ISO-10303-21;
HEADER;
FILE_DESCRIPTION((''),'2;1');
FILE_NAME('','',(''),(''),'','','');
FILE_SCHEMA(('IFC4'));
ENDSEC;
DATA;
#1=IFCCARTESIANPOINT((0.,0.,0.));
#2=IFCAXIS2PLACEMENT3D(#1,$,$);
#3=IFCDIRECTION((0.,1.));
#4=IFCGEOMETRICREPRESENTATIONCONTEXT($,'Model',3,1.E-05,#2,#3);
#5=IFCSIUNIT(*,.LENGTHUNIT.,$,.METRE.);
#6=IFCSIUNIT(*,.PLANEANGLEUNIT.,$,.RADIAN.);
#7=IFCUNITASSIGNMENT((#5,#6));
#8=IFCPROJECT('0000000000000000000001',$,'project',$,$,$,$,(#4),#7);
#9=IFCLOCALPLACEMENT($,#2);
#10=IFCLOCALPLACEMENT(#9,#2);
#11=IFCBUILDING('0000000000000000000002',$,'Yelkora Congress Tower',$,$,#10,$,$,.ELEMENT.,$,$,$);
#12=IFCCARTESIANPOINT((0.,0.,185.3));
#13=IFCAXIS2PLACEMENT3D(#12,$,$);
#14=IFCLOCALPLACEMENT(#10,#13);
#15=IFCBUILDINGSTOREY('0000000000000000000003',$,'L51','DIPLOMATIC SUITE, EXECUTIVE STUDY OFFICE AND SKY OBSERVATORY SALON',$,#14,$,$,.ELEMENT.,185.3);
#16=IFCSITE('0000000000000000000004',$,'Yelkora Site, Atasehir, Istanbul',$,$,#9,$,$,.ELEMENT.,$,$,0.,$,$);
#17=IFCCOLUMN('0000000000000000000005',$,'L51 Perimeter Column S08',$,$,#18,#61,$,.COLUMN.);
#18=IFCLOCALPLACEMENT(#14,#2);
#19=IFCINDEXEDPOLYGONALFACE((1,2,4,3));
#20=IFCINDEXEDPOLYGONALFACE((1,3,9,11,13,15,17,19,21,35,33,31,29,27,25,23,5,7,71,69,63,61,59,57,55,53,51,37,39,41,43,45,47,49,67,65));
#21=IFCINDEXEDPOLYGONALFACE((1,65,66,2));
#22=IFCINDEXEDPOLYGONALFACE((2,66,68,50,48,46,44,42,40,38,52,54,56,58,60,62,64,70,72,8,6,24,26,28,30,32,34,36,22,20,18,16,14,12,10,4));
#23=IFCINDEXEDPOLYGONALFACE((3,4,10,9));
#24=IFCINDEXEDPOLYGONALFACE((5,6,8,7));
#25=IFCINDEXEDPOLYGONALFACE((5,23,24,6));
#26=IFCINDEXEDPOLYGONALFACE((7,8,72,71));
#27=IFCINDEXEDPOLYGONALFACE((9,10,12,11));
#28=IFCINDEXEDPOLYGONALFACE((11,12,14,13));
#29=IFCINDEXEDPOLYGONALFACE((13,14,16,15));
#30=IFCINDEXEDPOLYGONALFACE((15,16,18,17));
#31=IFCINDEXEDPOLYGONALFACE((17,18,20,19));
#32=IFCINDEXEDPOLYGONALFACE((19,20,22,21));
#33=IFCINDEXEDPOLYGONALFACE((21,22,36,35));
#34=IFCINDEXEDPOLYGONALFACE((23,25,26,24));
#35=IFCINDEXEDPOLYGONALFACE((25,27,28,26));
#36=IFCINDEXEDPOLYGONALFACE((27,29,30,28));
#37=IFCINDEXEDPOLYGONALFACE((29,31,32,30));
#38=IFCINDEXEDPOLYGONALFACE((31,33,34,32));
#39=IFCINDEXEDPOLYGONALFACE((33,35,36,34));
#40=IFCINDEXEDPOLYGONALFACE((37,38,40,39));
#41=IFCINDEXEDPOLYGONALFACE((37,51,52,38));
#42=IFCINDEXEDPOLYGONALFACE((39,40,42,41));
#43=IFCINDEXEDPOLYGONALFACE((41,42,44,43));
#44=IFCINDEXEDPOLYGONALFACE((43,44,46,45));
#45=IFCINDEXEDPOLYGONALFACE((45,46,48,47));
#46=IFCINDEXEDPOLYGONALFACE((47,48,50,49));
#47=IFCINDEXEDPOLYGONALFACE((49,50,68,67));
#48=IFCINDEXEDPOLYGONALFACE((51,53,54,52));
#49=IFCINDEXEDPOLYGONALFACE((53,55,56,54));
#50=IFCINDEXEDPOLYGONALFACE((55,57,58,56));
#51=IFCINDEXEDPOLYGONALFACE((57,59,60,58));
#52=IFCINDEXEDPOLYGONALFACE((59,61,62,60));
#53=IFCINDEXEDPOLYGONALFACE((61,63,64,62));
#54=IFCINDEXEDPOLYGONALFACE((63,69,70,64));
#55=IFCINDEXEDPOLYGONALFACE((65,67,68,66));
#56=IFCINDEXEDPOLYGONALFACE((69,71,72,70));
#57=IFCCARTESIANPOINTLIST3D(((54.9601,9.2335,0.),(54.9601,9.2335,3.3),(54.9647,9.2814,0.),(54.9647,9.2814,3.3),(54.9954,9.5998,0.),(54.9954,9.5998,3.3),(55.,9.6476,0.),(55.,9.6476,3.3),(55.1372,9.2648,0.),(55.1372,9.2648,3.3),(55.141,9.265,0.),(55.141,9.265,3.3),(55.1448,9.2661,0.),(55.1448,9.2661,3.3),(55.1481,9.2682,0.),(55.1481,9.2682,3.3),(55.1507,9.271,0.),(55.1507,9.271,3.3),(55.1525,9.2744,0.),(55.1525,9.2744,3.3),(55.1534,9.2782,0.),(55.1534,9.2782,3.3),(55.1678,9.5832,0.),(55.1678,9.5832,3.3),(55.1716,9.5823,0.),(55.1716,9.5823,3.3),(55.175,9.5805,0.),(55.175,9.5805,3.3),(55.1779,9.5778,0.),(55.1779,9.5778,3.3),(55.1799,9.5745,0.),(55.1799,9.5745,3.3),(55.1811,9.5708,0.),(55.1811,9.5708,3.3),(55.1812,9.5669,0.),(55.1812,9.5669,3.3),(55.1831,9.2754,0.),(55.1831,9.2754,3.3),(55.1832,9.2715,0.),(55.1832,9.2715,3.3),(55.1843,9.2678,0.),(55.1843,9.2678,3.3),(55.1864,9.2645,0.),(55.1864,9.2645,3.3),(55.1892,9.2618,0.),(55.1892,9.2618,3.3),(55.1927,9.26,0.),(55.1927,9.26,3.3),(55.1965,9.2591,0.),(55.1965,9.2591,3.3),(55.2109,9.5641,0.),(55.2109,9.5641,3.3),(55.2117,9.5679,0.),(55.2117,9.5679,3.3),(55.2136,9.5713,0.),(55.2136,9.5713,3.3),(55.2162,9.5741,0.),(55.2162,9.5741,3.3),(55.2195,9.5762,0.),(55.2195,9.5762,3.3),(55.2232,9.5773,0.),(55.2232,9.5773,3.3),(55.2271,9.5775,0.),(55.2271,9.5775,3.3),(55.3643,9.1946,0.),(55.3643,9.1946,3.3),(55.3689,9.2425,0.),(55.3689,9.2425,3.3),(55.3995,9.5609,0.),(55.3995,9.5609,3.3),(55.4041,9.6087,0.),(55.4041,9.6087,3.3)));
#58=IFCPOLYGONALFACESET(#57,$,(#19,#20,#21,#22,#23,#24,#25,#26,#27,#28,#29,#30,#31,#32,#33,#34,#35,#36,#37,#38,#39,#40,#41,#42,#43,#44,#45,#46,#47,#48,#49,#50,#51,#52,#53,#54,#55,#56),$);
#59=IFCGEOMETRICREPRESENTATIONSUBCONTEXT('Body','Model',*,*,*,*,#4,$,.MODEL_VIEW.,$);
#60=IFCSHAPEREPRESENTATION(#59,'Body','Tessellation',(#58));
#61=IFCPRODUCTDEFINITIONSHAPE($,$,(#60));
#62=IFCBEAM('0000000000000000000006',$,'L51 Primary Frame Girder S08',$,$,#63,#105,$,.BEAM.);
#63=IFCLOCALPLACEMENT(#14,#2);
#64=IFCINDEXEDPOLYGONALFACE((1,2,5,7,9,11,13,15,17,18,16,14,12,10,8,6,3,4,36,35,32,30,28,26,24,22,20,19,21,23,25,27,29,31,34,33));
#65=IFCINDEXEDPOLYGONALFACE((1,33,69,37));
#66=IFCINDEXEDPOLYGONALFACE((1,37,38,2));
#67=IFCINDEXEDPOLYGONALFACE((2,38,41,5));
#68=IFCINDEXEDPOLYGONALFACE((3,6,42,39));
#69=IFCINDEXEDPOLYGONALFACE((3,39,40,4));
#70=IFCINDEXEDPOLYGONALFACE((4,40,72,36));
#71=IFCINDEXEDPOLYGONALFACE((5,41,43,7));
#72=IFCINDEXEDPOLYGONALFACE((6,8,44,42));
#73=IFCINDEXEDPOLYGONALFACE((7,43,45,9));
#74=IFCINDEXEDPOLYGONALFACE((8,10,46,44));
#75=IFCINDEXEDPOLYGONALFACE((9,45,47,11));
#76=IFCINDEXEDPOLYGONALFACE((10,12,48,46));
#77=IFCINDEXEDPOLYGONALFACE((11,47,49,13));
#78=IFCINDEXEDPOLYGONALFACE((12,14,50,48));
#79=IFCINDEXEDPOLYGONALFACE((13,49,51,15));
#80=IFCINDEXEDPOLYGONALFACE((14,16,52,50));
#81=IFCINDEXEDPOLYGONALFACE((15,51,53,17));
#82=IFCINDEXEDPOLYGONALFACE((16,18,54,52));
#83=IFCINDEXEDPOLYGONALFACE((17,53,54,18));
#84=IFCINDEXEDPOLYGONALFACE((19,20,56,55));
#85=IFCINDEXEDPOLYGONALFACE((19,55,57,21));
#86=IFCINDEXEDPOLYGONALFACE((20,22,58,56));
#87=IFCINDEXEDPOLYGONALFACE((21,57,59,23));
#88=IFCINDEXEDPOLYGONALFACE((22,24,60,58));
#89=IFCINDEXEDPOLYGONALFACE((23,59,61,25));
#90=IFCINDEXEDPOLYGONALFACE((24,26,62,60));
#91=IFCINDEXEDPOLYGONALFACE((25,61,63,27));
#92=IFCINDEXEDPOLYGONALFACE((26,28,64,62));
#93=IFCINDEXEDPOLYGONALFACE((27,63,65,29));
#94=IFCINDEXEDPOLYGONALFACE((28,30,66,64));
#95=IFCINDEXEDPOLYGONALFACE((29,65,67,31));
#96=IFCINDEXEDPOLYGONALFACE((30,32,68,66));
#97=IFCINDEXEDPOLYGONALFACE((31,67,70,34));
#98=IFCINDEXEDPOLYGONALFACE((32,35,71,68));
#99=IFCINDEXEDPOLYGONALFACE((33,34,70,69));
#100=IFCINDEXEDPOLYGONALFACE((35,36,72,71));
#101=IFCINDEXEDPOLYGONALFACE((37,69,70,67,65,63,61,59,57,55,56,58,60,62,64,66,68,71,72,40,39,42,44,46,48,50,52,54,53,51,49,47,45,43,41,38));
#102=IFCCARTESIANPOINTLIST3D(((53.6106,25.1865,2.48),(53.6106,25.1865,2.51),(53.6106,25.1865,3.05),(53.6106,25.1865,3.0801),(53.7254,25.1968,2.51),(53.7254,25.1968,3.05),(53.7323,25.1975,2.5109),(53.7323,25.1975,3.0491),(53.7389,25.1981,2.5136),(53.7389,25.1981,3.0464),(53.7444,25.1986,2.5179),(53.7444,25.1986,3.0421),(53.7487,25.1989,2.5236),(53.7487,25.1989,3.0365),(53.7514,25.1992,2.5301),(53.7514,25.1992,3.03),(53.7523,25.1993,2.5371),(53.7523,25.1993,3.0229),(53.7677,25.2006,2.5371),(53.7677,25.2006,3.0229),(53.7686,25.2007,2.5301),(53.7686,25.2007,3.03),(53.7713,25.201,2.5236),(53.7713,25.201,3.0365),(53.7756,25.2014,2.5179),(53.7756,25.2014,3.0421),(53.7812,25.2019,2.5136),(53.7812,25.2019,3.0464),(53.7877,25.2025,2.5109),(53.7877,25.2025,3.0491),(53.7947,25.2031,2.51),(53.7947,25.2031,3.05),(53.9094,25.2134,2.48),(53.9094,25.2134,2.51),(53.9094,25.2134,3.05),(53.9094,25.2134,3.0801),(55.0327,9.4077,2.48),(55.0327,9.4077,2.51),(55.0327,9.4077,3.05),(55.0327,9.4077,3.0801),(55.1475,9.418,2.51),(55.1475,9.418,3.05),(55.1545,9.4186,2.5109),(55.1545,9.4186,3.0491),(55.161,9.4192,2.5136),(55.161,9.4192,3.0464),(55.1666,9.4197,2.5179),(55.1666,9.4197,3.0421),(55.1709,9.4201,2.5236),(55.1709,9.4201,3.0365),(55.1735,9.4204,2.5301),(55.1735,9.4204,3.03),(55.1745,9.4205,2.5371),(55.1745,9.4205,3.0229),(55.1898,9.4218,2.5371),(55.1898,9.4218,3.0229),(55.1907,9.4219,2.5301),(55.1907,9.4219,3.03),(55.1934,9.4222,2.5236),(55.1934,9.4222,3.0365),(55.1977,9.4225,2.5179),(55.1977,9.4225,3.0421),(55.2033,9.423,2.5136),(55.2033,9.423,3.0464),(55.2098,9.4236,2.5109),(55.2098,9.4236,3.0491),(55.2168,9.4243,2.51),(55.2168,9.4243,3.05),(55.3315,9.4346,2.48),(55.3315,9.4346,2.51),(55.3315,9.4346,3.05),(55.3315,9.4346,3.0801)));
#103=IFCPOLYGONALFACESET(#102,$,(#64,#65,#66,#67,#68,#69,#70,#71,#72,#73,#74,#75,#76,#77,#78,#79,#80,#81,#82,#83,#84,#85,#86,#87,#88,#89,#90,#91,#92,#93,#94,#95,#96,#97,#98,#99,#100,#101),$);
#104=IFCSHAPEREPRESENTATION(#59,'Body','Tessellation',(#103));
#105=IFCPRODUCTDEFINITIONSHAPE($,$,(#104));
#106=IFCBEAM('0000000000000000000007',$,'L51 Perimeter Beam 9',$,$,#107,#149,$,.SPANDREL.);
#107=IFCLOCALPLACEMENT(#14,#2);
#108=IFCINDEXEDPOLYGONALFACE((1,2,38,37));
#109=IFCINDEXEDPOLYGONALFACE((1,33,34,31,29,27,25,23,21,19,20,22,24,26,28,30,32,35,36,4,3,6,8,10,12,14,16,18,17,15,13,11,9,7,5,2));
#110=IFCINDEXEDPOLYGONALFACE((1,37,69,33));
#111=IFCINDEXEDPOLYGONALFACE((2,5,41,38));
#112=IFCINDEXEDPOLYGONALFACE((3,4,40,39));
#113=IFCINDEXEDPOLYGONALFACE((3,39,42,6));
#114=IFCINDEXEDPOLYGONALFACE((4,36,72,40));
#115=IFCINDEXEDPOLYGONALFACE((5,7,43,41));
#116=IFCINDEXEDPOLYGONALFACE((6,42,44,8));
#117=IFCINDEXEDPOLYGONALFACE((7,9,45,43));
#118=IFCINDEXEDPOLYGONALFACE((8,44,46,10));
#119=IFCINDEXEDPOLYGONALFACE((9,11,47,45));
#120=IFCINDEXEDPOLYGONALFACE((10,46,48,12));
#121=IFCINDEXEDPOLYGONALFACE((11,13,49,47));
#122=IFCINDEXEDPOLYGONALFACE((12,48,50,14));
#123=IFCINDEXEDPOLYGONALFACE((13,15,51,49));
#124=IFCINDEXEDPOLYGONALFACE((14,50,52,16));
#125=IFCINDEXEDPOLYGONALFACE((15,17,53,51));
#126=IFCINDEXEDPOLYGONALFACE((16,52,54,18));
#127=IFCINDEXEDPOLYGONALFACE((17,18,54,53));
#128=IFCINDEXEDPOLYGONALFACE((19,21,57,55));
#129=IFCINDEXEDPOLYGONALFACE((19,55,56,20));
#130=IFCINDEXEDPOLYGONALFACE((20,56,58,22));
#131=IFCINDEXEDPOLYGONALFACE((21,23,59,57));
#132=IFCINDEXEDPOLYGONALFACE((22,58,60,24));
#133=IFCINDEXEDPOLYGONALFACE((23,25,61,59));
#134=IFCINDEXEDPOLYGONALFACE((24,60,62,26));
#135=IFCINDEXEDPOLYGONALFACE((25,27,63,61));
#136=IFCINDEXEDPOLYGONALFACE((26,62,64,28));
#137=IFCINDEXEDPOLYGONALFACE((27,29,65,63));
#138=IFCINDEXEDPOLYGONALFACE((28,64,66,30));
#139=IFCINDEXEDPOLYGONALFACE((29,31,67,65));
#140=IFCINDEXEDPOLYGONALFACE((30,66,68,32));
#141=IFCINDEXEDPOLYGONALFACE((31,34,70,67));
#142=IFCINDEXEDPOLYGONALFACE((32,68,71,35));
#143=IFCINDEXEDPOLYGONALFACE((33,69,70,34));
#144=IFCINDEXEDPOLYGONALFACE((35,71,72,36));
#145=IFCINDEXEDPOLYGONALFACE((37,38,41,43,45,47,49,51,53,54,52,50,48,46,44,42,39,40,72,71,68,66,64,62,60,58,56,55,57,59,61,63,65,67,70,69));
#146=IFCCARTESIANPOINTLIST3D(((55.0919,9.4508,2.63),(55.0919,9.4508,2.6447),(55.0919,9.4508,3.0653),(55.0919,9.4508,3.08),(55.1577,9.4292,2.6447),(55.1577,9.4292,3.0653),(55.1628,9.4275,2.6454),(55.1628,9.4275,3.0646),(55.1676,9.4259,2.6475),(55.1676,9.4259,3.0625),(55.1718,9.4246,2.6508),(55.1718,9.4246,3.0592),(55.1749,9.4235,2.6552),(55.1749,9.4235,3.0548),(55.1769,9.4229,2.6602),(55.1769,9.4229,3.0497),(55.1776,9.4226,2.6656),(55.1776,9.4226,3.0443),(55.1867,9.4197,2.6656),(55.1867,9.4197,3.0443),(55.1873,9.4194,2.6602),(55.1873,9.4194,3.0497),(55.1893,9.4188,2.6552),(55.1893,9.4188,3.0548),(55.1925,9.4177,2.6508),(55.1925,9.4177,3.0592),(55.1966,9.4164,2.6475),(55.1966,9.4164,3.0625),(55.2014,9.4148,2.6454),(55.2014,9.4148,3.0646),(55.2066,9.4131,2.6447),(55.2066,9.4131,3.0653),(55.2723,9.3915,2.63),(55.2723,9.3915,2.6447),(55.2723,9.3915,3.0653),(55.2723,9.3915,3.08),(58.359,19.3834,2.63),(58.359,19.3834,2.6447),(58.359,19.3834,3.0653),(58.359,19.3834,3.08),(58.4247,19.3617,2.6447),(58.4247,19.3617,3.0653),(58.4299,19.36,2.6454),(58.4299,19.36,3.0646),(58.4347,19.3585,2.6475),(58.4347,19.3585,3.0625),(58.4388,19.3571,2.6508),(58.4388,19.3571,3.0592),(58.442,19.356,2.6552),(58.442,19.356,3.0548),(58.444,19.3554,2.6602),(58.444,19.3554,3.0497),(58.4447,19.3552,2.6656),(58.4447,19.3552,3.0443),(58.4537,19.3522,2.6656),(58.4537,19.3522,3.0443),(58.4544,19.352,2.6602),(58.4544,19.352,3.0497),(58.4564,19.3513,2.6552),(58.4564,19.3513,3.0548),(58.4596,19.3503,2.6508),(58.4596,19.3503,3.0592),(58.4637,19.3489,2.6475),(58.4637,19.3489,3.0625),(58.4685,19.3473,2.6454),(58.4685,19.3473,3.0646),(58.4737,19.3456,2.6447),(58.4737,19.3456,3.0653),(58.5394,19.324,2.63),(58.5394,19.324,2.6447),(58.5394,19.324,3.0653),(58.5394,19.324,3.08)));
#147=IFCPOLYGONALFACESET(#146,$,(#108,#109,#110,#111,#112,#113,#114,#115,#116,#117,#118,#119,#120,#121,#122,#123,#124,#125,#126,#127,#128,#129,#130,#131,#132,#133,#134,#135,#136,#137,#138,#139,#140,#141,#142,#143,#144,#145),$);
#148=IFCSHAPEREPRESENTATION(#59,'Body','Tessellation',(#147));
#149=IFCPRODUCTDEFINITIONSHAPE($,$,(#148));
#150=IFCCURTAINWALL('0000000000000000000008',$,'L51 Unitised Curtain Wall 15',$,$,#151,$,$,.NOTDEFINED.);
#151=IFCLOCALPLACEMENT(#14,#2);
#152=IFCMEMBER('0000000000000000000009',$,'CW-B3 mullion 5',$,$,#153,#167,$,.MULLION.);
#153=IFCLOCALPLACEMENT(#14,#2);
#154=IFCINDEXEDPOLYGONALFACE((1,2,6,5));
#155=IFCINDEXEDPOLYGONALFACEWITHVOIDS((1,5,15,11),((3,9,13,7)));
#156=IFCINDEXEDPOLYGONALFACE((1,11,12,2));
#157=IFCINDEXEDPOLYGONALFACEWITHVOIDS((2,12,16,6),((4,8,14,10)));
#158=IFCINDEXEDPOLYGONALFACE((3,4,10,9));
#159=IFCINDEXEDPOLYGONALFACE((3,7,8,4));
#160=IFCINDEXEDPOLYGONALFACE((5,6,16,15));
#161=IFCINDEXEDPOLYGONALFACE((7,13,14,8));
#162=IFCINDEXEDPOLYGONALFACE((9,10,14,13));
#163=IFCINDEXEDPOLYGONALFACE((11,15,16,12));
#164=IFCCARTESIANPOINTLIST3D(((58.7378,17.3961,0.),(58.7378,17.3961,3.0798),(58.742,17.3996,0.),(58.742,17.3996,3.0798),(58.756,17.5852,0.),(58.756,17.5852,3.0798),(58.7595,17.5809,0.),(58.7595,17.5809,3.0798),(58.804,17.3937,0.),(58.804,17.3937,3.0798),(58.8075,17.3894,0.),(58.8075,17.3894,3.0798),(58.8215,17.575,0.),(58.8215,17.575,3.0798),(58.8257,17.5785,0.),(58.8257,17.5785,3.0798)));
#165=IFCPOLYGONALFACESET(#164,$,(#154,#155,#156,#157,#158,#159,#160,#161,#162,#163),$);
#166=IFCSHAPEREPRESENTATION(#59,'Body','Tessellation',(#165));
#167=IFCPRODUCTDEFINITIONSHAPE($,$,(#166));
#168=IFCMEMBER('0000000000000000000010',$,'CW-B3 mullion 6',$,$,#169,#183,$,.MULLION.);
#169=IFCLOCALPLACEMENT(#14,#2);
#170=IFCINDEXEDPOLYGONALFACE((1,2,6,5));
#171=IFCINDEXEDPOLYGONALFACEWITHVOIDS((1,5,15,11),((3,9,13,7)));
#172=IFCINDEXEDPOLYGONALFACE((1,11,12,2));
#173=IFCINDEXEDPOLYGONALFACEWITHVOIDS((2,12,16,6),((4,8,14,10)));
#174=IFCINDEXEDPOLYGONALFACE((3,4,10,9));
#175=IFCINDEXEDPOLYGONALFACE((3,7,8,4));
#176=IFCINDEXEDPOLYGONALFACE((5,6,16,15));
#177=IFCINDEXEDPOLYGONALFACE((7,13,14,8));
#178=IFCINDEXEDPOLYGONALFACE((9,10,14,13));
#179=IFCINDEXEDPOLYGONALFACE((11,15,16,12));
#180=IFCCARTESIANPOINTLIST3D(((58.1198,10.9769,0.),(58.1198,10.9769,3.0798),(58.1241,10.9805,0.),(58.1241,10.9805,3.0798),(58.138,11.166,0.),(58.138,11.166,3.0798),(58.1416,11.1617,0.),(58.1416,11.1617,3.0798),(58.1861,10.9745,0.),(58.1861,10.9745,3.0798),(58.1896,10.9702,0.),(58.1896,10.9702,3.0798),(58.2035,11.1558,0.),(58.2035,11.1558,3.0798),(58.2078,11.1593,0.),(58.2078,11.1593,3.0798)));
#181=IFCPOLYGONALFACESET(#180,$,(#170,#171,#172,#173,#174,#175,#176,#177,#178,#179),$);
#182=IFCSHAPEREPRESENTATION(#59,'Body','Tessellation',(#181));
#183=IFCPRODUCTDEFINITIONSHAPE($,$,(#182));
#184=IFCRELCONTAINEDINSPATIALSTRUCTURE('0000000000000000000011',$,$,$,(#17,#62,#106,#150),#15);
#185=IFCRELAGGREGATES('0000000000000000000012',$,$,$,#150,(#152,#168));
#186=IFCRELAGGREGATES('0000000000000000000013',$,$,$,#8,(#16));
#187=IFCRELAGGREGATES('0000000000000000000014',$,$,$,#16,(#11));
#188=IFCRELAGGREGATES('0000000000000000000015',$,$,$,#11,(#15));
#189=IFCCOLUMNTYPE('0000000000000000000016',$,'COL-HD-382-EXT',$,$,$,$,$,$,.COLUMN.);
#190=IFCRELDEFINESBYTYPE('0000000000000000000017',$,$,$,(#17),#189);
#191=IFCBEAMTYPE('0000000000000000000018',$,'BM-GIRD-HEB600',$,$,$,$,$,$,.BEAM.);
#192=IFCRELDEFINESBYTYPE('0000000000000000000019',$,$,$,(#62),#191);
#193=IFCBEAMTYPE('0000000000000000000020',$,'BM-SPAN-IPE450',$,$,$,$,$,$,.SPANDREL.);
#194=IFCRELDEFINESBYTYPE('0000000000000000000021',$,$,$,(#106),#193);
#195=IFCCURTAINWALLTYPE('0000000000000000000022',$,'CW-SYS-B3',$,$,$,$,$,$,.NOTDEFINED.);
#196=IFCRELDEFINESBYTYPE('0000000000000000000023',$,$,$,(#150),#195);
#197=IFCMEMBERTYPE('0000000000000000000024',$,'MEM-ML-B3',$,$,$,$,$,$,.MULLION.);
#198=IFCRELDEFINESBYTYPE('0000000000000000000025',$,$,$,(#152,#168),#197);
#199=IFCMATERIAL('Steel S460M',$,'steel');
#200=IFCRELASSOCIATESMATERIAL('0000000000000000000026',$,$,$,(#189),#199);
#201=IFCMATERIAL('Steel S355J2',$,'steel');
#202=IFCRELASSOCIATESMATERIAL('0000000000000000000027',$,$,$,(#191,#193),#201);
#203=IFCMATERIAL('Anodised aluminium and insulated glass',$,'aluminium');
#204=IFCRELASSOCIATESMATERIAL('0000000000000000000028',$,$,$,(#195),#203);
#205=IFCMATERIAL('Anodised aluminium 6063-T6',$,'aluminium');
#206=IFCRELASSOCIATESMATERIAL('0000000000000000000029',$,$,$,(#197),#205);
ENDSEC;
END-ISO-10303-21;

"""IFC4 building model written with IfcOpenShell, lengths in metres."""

from ifc_helpers import new_model, si_unit, direction, frame, origin, origin_2d, place, context, subcontext, project, spatial, hollow_rectangle, i_section, extrude, material, material_profile, profile_set, type_object, element, aggregate, save


model = new_model("IFC4")

# Units and contexts
model_context = context("Model", 3, precision=1e-05, world=origin(), true_north=direction((0.0, 1.0)))
body_context = subcontext(model_context, "Body", "Model", "MODEL_VIEW")
ifc_project = project(units=[si_unit("LENGTHUNIT", "METRE"), si_unit("PLANEANGLEUNIT", "RADIAN")], contexts=[model_context])

# Site, building, storey
site_placement = place(None, origin())
site = spatial("IfcSite", under=ifc_project, at=site_placement, Name="Yelkora Site, Atasehir, Istanbul", CompositionType="ELEMENT", RefElevation=0.0)
building_placement = place(site_placement, origin())
building = spatial("IfcBuilding", under=site, at=building_placement, Name="Yelkora Congress Tower", CompositionType="ELEMENT")
storey_placement = place(building_placement, frame((0.0, 0.0, 185.3)))
storey = spatial("IfcBuildingStorey", under=building, at=storey_placement, Name="L51", Description="DIPLOMATIC SUITE, EXECUTIVE STUDY OFFICE AND SKY OBSERVATORY SALON", CompositionType="ELEMENT", Elevation=185.3)

# Column
ifc_material_1 = material(Name="Steel S460M", Category="steel")
ifc_material_profile_1 = material_profile(ifc_material_1, i_section(OverallWidth=0.406, OverallDepth=0.416, WebThickness=0.0298, FlangeThickness=0.0481, FilletRadius=0.0149, at=origin_2d()), Name="HD 400x382")
ifc_profile_set_1 = profile_set([ifc_material_profile_1], Name="Steel S460M")
column_type = type_object("IfcColumnType", Name="COL-HD-382-EXT", PredefinedType="COLUMN", material=ifc_profile_set_1)
column_placement = place(storey_placement, frame((55.1821, 9.4211, 0.0), z_axis=(0.0, 0.0, 1.0), x_axis=(0.995396, -0.095846, 0.0)))
element("IfcColumn", 1, at=column_placement, inside=storey, type_object=column_type, Name="L51 Perimeter Column S08", PredefinedType="COLUMN", context=body_context, shape_type="SweptSolid", body=[
    extrude(i_section(OverallWidth=0.406, OverallDepth=0.416, WebThickness=0.0298, FlangeThickness=0.0481, FilletRadius=0.0149, at=origin_2d()), origin(), (0.0, 0.0, 1.0), 3.3),
])

# Beams
ifc_material_2 = material(Name="Steel S355J2", Category="steel")
ifc_material_profile_2 = material_profile(ifc_material_2, i_section(OverallWidth=0.3, OverallDepth=0.6001, WebThickness=0.0154, FlangeThickness=0.03, FilletRadius=0.0271, at=origin_2d()), Name="HEB 600")
ifc_profile_set_2 = profile_set([ifc_material_profile_2], Name="Steel S355J2")
beam_type_1 = type_object("IfcBeamType", Name="BM-GIRD-HEB600", PredefinedType="BEAM", material=ifc_profile_set_2)
beam_1_placement = place(storey_placement, frame((55.1821, 9.4211, 2.78), z_axis=(-0.089765, 0.995963, 0.0), x_axis=(-0.995963, -0.089765, 0.0)))
element("IfcBeam", 2, at=beam_1_placement, inside=storey, type_object=beam_type_1, Name="L51 Primary Frame Girder S08", PredefinedType="BEAM", context=body_context, shape_type="SweptSolid", body=[
    extrude(i_section(OverallWidth=0.3, OverallDepth=0.6001, WebThickness=0.0154, FlangeThickness=0.03, FilletRadius=0.0271, at=origin_2d()), origin(), (0.0, 0.0, 1.0), 15.8428),
])
ifc_material_profile_3 = material_profile(ifc_material_2, i_section(OverallWidth=0.1899, OverallDepth=0.45, WebThickness=0.0095, FlangeThickness=0.0146, FilletRadius=0.021, at=origin_2d()), Name="IPE 450")
ifc_profile_set_3 = profile_set([ifc_material_profile_3], Name="Steel S355J2")
beam_type_2 = type_object("IfcBeamType", Name="BM-SPAN-IPE450", PredefinedType="SPANDREL", material=ifc_profile_set_3)
beam_2_placement = place(storey_placement, frame((55.1821, 9.4211, 2.855), z_axis=(0.312457, 0.949932, 0.0), x_axis=(-0.949932, 0.312457, 0.0)))
element("IfcBeam", 3, at=beam_2_placement, inside=storey, type_object=beam_type_2, Name="L51 Perimeter Beam 9", PredefinedType="SPANDREL", context=body_context, shape_type="SweptSolid", body=[
    extrude(i_section(OverallWidth=0.1899, OverallDepth=0.45, WebThickness=0.0095, FlangeThickness=0.0146, FilletRadius=0.021, at=origin_2d()), origin(), (0.0, 0.0, 1.0), 10.4561),
])

# Curtain wall, members
ifc_material_3 = material(Name="Anodised aluminium and insulated glass", Category="aluminium")
curtain_wall_type = type_object("IfcCurtainWallType", Name="CW-SYS-B3", PredefinedType="NOTDEFINED", material=ifc_material_3)
curtain_wall_1_placement = place(storey_placement, origin())
curtain_wall_1 = element("IfcCurtainWall", 4, at=curtain_wall_1_placement, inside=storey, type_object=curtain_wall_type, Name="L51 Unitised Curtain Wall 15", PredefinedType="NOTDEFINED")
ifc_material_4 = material(Name="Anodised aluminium 6063-T6", Category="aluminium")
ifc_material_profile_4 = material_profile(ifc_material_4, hollow_rectangle(XDim=0.0701, YDim=0.1899, WallThickness=0.0039, at=origin_2d()), Name="ALU 70x190x4")
ifc_profile_set_4 = profile_set([ifc_material_profile_4], Name="Anodised aluminium 6063-T6")
member_type_1 = type_object("IfcMemberType", Name="MEM-ML-B3", PredefinedType="MULLION", material=ifc_profile_set_4)
member_1_placement = place(storey_placement, frame((58.7817, 17.4873, 0.0), z_axis=(0.0, 0.0, 1.0), x_axis=(0.995397, -0.095842, 0.0)))
member_1 = element("IfcMember", 5, at=member_1_placement, type_object=member_type_1, Name="CW-B3 mullion 5", PredefinedType="MULLION", context=body_context, shape_type="SweptSolid", body=[
    extrude(hollow_rectangle(XDim=0.0701, YDim=0.1899, WallThickness=0.0039, at=origin_2d()), origin(), (0.0, 0.0, 1.0), 3.0798),
])
member_2_placement = place(storey_placement, frame((58.1638, 11.0681, 0.0), z_axis=(0.0, 0.0, 1.0), x_axis=(0.995397, -0.095842, 0.0)))
member_2 = element("IfcMember", 6, at=member_2_placement, type_object=member_type_1, Name="CW-B3 mullion 6", PredefinedType="MULLION", context=body_context, shape_type="SweptSolid", body=[
    extrude(hollow_rectangle(XDim=0.0701, YDim=0.1899, WallThickness=0.0039, at=origin_2d()), origin(), (0.0, 0.0, 1.0), 3.0798),
])

aggregate(curtain_wall_1, [member_1, member_2])

save(model, "model.ifc")
